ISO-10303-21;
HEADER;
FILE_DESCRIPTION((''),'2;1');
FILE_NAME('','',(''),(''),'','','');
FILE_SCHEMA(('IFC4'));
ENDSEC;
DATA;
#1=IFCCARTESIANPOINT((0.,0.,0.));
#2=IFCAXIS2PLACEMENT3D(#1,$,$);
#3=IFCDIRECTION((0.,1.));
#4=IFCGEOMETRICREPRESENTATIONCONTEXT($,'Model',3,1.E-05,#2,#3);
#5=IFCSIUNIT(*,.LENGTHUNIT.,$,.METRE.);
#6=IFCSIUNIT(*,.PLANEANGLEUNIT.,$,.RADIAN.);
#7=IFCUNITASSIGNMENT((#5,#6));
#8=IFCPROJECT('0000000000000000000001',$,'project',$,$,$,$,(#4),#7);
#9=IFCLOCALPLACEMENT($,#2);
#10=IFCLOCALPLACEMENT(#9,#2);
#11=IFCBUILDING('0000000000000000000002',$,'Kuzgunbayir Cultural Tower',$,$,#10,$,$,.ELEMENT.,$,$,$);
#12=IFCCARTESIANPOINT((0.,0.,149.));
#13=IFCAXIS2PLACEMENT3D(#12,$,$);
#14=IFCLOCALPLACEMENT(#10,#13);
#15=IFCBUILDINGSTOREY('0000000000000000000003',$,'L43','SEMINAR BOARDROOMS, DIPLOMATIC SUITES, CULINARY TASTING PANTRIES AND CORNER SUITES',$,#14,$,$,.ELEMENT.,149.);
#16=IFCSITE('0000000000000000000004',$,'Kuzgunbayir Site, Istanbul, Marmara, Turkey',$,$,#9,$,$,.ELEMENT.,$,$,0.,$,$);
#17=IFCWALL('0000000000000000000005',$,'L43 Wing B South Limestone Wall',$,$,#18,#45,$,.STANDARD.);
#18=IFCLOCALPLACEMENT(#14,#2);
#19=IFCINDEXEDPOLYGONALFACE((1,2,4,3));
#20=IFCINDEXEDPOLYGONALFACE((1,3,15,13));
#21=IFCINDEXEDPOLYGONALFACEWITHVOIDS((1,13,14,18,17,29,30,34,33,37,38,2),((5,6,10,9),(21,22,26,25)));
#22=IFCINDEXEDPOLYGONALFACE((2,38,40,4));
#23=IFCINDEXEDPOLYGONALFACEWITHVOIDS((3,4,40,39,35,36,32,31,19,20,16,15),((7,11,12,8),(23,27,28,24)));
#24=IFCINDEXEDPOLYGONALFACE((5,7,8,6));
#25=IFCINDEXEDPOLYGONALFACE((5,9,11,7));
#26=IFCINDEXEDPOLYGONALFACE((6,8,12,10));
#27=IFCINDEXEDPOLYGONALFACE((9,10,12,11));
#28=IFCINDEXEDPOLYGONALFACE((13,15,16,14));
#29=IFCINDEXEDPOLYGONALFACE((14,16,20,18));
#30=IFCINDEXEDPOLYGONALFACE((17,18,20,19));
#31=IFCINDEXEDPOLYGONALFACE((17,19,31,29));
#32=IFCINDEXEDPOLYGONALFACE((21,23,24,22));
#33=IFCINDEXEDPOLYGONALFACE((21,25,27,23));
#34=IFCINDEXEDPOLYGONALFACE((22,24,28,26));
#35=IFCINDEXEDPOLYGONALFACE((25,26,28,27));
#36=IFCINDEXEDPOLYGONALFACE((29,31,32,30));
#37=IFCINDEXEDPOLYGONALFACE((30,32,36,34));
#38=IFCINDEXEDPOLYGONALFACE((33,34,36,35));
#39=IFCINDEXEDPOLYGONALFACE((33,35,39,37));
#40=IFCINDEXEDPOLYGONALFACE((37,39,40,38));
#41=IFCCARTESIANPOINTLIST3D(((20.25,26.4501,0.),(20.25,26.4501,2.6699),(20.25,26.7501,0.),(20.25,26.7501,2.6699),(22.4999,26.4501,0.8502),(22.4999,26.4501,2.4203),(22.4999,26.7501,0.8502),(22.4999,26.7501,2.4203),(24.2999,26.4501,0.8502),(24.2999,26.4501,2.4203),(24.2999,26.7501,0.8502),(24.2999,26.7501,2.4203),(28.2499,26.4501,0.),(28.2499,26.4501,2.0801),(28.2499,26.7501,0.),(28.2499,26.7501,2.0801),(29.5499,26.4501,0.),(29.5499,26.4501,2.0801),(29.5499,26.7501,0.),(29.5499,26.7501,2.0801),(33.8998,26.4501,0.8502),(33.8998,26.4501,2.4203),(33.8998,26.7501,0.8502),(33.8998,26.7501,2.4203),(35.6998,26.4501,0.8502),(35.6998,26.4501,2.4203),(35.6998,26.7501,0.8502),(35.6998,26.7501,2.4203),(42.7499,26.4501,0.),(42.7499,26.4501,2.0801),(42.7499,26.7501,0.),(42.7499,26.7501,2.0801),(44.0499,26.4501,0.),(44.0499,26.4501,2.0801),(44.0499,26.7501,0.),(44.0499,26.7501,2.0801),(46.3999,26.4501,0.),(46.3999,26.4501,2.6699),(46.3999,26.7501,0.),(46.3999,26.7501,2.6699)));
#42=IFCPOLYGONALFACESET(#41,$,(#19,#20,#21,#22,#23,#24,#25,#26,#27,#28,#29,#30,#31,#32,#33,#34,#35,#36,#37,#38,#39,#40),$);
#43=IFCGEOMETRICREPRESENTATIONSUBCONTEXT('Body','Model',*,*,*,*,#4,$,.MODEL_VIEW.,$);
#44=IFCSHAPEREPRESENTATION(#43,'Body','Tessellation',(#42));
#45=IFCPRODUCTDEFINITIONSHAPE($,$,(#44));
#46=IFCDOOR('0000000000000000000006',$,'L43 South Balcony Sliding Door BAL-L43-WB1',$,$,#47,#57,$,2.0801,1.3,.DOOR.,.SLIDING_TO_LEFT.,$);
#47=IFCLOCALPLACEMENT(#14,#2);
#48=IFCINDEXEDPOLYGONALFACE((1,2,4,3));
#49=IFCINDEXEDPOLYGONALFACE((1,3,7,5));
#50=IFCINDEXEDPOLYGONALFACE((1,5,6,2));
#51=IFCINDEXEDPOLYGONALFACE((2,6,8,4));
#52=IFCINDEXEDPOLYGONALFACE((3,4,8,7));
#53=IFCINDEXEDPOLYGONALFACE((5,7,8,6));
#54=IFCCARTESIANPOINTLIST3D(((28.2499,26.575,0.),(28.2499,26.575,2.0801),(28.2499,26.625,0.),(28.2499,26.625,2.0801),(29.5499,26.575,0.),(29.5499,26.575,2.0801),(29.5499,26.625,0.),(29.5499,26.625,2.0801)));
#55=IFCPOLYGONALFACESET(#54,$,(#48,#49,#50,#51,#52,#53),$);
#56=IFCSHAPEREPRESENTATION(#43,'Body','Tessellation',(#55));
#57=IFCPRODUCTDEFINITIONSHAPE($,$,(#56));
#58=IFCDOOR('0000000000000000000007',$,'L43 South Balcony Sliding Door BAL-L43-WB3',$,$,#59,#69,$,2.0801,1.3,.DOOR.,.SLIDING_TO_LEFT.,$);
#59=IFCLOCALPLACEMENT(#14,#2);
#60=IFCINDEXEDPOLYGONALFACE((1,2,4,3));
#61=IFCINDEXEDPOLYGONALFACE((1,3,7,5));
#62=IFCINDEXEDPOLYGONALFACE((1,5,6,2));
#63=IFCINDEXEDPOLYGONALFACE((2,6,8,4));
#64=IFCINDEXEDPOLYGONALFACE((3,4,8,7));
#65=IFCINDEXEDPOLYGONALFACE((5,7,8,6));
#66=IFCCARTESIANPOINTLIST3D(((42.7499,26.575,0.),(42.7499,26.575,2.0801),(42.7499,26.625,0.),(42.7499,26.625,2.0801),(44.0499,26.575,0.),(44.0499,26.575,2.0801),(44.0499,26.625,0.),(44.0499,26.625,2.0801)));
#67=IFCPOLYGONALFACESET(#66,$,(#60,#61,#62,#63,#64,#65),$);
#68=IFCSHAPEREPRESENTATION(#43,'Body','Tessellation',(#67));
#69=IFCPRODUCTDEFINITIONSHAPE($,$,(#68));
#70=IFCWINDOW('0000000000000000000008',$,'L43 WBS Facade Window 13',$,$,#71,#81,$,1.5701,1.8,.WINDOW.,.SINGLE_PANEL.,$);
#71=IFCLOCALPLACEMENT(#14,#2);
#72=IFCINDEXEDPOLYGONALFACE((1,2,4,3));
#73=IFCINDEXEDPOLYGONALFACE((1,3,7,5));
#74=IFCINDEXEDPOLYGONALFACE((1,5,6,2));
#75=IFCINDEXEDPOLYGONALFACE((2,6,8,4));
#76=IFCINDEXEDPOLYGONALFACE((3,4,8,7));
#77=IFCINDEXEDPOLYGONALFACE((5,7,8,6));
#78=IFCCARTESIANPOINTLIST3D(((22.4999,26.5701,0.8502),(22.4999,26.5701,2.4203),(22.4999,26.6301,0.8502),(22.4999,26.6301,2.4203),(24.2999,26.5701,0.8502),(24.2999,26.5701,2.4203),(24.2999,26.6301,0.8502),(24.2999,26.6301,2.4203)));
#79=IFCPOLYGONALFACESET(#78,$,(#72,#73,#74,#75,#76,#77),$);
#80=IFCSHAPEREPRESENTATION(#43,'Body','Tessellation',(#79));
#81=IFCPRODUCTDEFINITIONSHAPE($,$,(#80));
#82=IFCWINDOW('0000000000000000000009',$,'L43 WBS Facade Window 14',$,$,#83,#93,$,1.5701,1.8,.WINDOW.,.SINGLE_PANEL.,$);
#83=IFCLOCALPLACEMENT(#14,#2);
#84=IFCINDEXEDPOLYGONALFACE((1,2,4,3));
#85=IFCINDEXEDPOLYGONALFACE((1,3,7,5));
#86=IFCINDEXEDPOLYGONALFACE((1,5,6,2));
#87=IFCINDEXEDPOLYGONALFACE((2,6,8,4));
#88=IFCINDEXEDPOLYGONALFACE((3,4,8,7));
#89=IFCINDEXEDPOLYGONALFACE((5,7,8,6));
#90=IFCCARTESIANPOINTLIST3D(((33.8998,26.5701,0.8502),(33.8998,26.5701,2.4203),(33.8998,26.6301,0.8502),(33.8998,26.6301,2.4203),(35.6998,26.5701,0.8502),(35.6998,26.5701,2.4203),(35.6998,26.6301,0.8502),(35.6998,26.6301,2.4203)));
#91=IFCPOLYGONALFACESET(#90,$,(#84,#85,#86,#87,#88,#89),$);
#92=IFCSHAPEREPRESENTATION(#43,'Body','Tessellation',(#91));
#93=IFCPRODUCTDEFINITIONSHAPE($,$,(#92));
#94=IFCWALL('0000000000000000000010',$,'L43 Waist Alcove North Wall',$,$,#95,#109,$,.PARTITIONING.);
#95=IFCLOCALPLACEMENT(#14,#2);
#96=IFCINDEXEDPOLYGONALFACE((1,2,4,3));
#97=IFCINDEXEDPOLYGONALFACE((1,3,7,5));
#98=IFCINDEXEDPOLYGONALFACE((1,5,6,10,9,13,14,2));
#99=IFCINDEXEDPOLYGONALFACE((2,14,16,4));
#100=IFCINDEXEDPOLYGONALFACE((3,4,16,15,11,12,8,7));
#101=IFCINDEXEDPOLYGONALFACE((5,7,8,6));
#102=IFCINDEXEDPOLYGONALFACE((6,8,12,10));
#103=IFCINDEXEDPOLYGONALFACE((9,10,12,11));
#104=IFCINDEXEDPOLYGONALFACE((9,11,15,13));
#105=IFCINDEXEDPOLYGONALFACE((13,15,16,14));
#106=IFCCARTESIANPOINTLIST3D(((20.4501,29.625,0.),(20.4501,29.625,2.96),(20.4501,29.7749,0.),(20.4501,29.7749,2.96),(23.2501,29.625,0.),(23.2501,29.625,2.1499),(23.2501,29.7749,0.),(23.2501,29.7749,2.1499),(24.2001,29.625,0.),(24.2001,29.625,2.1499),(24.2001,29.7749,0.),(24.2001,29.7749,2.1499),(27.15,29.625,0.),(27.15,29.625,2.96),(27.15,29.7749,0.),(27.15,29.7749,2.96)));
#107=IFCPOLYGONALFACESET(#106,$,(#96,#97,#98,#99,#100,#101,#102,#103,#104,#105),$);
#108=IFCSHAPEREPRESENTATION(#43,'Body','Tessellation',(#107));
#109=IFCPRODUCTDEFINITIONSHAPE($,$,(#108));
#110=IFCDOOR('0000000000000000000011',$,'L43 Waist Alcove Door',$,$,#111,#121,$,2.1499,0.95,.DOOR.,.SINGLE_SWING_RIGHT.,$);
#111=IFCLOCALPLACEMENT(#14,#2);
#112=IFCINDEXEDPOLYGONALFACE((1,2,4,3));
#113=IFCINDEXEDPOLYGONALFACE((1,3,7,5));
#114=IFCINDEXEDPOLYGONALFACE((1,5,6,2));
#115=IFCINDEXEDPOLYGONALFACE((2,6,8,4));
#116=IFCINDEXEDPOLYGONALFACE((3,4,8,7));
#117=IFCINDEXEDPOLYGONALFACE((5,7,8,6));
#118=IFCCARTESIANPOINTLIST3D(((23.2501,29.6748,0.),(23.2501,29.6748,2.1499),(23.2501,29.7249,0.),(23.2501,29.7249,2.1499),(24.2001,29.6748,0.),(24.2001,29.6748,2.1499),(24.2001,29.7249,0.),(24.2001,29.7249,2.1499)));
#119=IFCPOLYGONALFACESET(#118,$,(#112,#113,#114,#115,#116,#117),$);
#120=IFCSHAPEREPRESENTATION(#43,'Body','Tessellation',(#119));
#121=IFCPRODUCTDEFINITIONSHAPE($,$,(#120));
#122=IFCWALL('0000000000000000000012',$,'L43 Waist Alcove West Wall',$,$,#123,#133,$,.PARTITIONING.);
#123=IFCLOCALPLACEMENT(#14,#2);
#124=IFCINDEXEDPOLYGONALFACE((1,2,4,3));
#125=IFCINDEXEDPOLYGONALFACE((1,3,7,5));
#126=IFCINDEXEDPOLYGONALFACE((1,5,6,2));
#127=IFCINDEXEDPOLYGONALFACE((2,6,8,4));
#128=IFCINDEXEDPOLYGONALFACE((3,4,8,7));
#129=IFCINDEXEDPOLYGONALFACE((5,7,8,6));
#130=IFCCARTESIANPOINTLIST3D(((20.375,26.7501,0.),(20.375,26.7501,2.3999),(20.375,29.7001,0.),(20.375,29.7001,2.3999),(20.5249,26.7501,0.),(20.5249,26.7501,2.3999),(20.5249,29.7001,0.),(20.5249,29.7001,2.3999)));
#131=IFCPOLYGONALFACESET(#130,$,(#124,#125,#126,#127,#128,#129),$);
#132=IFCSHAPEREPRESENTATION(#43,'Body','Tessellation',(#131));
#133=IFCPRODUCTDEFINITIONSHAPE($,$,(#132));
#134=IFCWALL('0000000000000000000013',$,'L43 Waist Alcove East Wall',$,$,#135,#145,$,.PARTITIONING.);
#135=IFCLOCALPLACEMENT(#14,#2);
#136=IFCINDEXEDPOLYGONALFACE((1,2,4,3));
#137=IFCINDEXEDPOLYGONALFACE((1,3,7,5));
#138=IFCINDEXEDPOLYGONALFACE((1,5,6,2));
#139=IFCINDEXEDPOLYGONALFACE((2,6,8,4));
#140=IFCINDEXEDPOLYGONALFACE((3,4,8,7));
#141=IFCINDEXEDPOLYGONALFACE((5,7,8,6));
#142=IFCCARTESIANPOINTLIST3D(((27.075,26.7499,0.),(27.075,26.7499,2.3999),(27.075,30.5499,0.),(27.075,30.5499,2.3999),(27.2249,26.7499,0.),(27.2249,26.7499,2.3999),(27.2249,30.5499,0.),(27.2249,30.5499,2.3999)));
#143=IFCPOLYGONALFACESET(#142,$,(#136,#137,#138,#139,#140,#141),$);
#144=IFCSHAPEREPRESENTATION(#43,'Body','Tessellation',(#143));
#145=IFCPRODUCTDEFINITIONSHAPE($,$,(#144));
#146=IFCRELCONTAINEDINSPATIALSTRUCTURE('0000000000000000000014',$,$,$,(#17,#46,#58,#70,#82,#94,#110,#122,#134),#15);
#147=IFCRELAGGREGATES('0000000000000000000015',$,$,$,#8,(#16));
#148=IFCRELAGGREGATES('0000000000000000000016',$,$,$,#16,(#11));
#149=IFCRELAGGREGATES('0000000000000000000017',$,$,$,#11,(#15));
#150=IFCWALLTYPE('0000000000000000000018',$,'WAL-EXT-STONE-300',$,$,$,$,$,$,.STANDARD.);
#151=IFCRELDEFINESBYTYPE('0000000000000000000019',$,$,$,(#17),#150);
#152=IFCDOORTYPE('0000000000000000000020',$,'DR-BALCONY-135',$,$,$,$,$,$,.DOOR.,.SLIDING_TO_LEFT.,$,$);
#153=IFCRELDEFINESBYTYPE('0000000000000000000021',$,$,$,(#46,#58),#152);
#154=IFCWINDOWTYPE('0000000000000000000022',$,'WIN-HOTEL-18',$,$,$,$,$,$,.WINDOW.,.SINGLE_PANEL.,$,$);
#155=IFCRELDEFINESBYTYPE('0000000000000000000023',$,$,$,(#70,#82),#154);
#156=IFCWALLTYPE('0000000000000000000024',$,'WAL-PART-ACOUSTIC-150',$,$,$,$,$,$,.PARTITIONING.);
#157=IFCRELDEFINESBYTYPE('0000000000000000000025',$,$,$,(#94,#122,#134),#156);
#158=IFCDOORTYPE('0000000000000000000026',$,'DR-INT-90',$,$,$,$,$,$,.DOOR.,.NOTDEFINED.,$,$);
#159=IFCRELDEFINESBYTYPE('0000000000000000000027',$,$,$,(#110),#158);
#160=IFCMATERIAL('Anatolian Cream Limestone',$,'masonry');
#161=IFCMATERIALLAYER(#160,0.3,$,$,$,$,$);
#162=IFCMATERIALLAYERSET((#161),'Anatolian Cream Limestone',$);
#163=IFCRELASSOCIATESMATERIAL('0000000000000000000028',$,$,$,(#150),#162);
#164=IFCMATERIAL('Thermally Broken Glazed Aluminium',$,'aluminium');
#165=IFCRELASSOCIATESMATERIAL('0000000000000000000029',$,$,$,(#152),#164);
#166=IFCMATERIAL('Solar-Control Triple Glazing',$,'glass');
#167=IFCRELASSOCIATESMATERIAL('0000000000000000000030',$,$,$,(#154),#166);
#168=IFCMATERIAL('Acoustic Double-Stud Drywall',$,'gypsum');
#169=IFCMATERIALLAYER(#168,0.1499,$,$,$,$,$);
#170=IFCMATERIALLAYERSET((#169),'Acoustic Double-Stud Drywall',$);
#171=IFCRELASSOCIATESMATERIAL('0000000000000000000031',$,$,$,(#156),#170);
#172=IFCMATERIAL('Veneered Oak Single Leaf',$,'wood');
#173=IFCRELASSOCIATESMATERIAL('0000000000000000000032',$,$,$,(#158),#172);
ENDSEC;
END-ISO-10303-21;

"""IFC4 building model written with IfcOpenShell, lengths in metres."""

from ifc_helpers import new_model, si_unit, direction, frame, frame_2d, origin, place, context, subcontext, project, spatial, rectangle, extrude, material, layer, layer_set, type_object, element, fill, save


model = new_model("IFC4")

# Units and contexts
model_context = context("Model", 3, precision=1e-05, world=origin(), true_north=direction((0.0, 1.0)))
body_context = subcontext(model_context, "Body", "Model", "MODEL_VIEW")
ifc_project = project(units=[si_unit("LENGTHUNIT", "METRE"), si_unit("PLANEANGLEUNIT", "RADIAN")], contexts=[model_context])

# Site, building, storey
site_placement = place(None, origin())
site = spatial("IfcSite", under=ifc_project, at=site_placement, Name="Kuzgunbayir Site, Istanbul, Marmara, Turkey", CompositionType="ELEMENT", RefElevation=0.0)
building_placement = place(site_placement, origin())
building = spatial("IfcBuilding", under=site, at=building_placement, Name="Kuzgunbayir Cultural Tower", CompositionType="ELEMENT")
storey_placement = place(building_placement, frame((0.0, 0.0, 149.0)))
storey = spatial("IfcBuildingStorey", under=building, at=storey_placement, Name="L43", Description="SEMINAR BOARDROOMS, DIPLOMATIC SUITES, CULINARY TASTING PANTRIES AND CORNER SUITES", CompositionType="ELEMENT", Elevation=149.0)

# Wall, openings, doors, windows
ifc_material_1 = material(Name="Anatolian Cream Limestone", Category="masonry")
ifc_layer_1 = layer(ifc_material_1, 0.3)
ifc_layer_set_1 = layer_set([ifc_layer_1], Name="Anatolian Cream Limestone")
wall_type_1 = type_object("IfcWallType", Name="WAL-EXT-STONE-300", PredefinedType="STANDARD", material=ifc_layer_set_1)
wall_1_placement = place(storey_placement, frame((20.25, 26.6001, 0.0), z_axis=(0.0, 0.0, 1.0), x_axis=(1.0, 0.0, 0.0)))
wall_1 = element("IfcWall", 1, at=wall_1_placement, inside=storey, type_object=wall_type_1, Name="L43 Wing B South Limestone Wall", PredefinedType="STANDARD", context=body_context, shape_type="SweptSolid", body=[
    extrude(rectangle(XDim=26.1499, YDim=0.3, at=frame_2d((13.075, 0.0))), origin(), (0.0, 0.0, 1.0), 2.6699),
])
opening_1_placement = place(wall_1_placement, frame((8.0, 0.0, 0.0)))
opening_1 = element("IfcOpeningElement", 2, at=opening_1_placement, cuts=wall_1, PredefinedType="OPENING", context=body_context, shape_type="SweptSolid", body=[
    extrude(rectangle(XDim=1.3, YDim=2.0801, at=frame_2d((0.6499, 1.04))), frame((0.0, 0.1602, 0.0), z_axis=(0.0, -1.0, 0.0), x_axis=(1.0, 0.0, 0.0)), (0.0, 0.0, 1.0), 0.3201),
])
opening_2_placement = place(wall_1_placement, frame((22.5, 0.0, 0.0)))
opening_2 = element("IfcOpeningElement", 3, at=opening_2_placement, cuts=wall_1, PredefinedType="OPENING", context=body_context, shape_type="SweptSolid", body=[
    extrude(rectangle(XDim=1.3, YDim=2.0801, at=frame_2d((0.6499, 1.04))), frame((0.0, 0.1602, 0.0), z_axis=(0.0, -1.0, 0.0), x_axis=(1.0, 0.0, 0.0)), (0.0, 0.0, 1.0), 0.3201),
])
opening_3_placement = place(wall_1_placement, frame((2.25, 0.0, 0.8501)))
opening_3 = element("IfcOpeningElement", 4, at=opening_3_placement, cuts=wall_1, PredefinedType="OPENING", context=body_context, shape_type="SweptSolid", body=[
    extrude(rectangle(XDim=1.8, YDim=1.5701, at=frame_2d((0.8999, 0.7852))), frame((0.0, 0.1602, 0.0), z_axis=(0.0, -1.0, 0.0), x_axis=(1.0, 0.0, 0.0)), (0.0, 0.0, 1.0), 0.3201),
])
opening_4_placement = place(wall_1_placement, frame((13.6499, 0.0, 0.8501)))
opening_4 = element("IfcOpeningElement", 5, at=opening_4_placement, cuts=wall_1, PredefinedType="OPENING", context=body_context, shape_type="SweptSolid", body=[
    extrude(rectangle(XDim=1.8, YDim=1.5701, at=frame_2d((0.8999, 0.7852))), frame((0.0, 0.1602, 0.0), z_axis=(0.0, -1.0, 0.0), x_axis=(1.0, 0.0, 0.0)), (0.0, 0.0, 1.0), 0.3201),
])
ifc_material_2 = material(Name="Thermally Broken Glazed Aluminium", Category="aluminium")
door_type_1 = type_object("IfcDoorType", Name="DR-BALCONY-135", OperationType="SLIDING_TO_LEFT", PredefinedType="DOOR", material=ifc_material_2)
door_1_placement = place(opening_1_placement, origin())
door_1 = element("IfcDoor", 6, at=door_1_placement, inside=storey, type_object=door_type_1, Name="L43 South Balcony Sliding Door BAL-L43-WB1", OperationType="SLIDING_TO_LEFT", OverallHeight=2.0801, OverallWidth=1.3, PredefinedType="DOOR", context=body_context, shape_type="SweptSolid", body=[
    extrude(rectangle(XDim=1.3, YDim=2.0801, at=frame_2d((0.6499, 1.04))), frame((0.0, 0.0249, 0.0), z_axis=(0.0, -1.0, 0.0), x_axis=(1.0, 0.0, 0.0)), (0.0, 0.0, 1.0), 0.05),
])
fill(opening_1, door_1)
door_2_placement = place(opening_2_placement, origin())
door_2 = element("IfcDoor", 7, at=door_2_placement, inside=storey, type_object=door_type_1, Name="L43 South Balcony Sliding Door BAL-L43-WB3", OperationType="SLIDING_TO_LEFT", OverallHeight=2.0801, OverallWidth=1.3, PredefinedType="DOOR", context=body_context, shape_type="SweptSolid", body=[
    extrude(rectangle(XDim=1.3, YDim=2.0801, at=frame_2d((0.6499, 1.04))), frame((0.0, 0.0249, 0.0), z_axis=(0.0, -1.0, 0.0), x_axis=(1.0, 0.0, 0.0)), (0.0, 0.0, 1.0), 0.05),
])
fill(opening_2, door_2)
ifc_material_3 = material(Name="Solar-Control Triple Glazing", Category="glass")
window_type = type_object("IfcWindowType", Name="WIN-HOTEL-18", PartitioningType="SINGLE_PANEL", PredefinedType="WINDOW", material=ifc_material_3)
window_1_placement = place(opening_3_placement, origin())
window_1 = element("IfcWindow", 8, at=window_1_placement, inside=storey, type_object=window_type, Name="L43 WBS Facade Window 13", OverallHeight=1.5701, OverallWidth=1.8, PartitioningType="SINGLE_PANEL", PredefinedType="WINDOW", context=body_context, shape_type="SweptSolid", body=[
    extrude(rectangle(XDim=1.8, YDim=1.5701, at=frame_2d((0.8999, 0.7852))), frame((0.0, 0.03, 0.0), z_axis=(0.0, -1.0, 0.0), x_axis=(1.0, 0.0, 0.0)), (0.0, 0.0, 1.0), 0.0601),
])
fill(opening_3, window_1)
window_2_placement = place(opening_4_placement, origin())
window_2 = element("IfcWindow", 9, at=window_2_placement, inside=storey, type_object=window_type, Name="L43 WBS Facade Window 14", OverallHeight=1.5701, OverallWidth=1.8, PartitioningType="SINGLE_PANEL", PredefinedType="WINDOW", context=body_context, shape_type="SweptSolid", body=[
    extrude(rectangle(XDim=1.8, YDim=1.5701, at=frame_2d((0.8999, 0.7852))), frame((0.0, 0.03, 0.0), z_axis=(0.0, -1.0, 0.0), x_axis=(1.0, 0.0, 0.0)), (0.0, 0.0, 1.0), 0.0601),
])
fill(opening_4, window_2)

# Wall, opening, door
ifc_material_4 = material(Name="Acoustic Double-Stud Drywall", Category="gypsum")
ifc_layer_2 = layer(ifc_material_4, 0.1499)
ifc_layer_set_2 = layer_set([ifc_layer_2], Name="Acoustic Double-Stud Drywall")
wall_type_2 = type_object("IfcWallType", Name="WAL-PART-ACOUSTIC-150", PredefinedType="PARTITIONING", material=ifc_layer_set_2)
wall_2_placement = place(storey_placement, frame((20.45, 29.7, 0.0), z_axis=(0.0, 0.0, 1.0), x_axis=(1.0, 0.0, 0.0)))
wall_2 = element("IfcWall", 10, at=wall_2_placement, inside=storey, type_object=wall_type_2, Name="L43 Waist Alcove North Wall", PredefinedType="PARTITIONING", context=body_context, shape_type="SweptSolid", body=[
    extrude(rectangle(XDim=6.7, YDim=0.1499, at=frame_2d((3.3501, 0.0))), origin(), (0.0, 0.0, 1.0), 2.96),
])
opening_5_placement = place(wall_2_placement, frame((2.8, 0.0, 0.0)))
opening_5 = element("IfcOpeningElement", 11, at=opening_5_placement, cuts=wall_2, PredefinedType="OPENING", context=body_context, shape_type="SweptSolid", body=[
    extrude(rectangle(XDim=0.95, YDim=2.1499, at=frame_2d((0.4751, 1.075))), frame((0.0, 0.085, 0.0), z_axis=(0.0, -1.0, 0.0), x_axis=(1.0, 0.0, 0.0)), (0.0, 0.0, 1.0), 0.1699),
])
ifc_material_5 = material(Name="Veneered Oak Single Leaf", Category="wood")
door_type_2 = type_object("IfcDoorType", Name="DR-INT-90", OperationType="NOTDEFINED", PredefinedType="DOOR", material=ifc_material_5)
door_3_placement = place(opening_5_placement, origin())
door_3 = element("IfcDoor", 12, at=door_3_placement, inside=storey, type_object=door_type_2, Name="L43 Waist Alcove Door", OperationType="SINGLE_SWING_RIGHT", OverallHeight=2.1499, OverallWidth=0.95, PredefinedType="DOOR", context=body_context, shape_type="SweptSolid", body=[
    extrude(rectangle(XDim=0.95, YDim=2.1499, at=frame_2d((0.4751, 1.075))), frame((0.0, 0.0249, 0.0), z_axis=(0.0, -1.0, 0.0), x_axis=(1.0, 0.0, 0.0)), (0.0, 0.0, 1.0), 0.05),
])
fill(opening_5, door_3)

# Walls
wall_3_placement = place(storey_placement, frame((20.45, 26.75, 0.0), z_axis=(0.0, 0.0, 1.0), x_axis=(0.0, 1.0, 0.0)))
element("IfcWall", 13, at=wall_3_placement, inside=storey, type_object=wall_type_2, Name="L43 Waist Alcove West Wall", PredefinedType="PARTITIONING", context=body_context, shape_type="SweptSolid", body=[
    extrude(rectangle(XDim=2.95, YDim=0.1499, at=frame_2d((1.4751, 0.0))), origin(), (0.0, 0.0, 1.0), 2.3999),
])
wall_4_placement = place(storey_placement, frame((27.1499, 26.75, 0.0), z_axis=(0.0, 0.0, 1.0), x_axis=(0.0, 1.0, 0.0)))
element("IfcWall", 14, at=wall_4_placement, inside=storey, type_object=wall_type_2, Name="L43 Waist Alcove East Wall", PredefinedType="PARTITIONING", context=body_context, shape_type="SweptSolid", body=[
    extrude(rectangle(XDim=3.8, YDim=0.1499, at=frame_2d((1.8999, 0.0))), origin(), (0.0, 0.0, 1.0), 2.3999),
])

save(model, "model.ifc")
